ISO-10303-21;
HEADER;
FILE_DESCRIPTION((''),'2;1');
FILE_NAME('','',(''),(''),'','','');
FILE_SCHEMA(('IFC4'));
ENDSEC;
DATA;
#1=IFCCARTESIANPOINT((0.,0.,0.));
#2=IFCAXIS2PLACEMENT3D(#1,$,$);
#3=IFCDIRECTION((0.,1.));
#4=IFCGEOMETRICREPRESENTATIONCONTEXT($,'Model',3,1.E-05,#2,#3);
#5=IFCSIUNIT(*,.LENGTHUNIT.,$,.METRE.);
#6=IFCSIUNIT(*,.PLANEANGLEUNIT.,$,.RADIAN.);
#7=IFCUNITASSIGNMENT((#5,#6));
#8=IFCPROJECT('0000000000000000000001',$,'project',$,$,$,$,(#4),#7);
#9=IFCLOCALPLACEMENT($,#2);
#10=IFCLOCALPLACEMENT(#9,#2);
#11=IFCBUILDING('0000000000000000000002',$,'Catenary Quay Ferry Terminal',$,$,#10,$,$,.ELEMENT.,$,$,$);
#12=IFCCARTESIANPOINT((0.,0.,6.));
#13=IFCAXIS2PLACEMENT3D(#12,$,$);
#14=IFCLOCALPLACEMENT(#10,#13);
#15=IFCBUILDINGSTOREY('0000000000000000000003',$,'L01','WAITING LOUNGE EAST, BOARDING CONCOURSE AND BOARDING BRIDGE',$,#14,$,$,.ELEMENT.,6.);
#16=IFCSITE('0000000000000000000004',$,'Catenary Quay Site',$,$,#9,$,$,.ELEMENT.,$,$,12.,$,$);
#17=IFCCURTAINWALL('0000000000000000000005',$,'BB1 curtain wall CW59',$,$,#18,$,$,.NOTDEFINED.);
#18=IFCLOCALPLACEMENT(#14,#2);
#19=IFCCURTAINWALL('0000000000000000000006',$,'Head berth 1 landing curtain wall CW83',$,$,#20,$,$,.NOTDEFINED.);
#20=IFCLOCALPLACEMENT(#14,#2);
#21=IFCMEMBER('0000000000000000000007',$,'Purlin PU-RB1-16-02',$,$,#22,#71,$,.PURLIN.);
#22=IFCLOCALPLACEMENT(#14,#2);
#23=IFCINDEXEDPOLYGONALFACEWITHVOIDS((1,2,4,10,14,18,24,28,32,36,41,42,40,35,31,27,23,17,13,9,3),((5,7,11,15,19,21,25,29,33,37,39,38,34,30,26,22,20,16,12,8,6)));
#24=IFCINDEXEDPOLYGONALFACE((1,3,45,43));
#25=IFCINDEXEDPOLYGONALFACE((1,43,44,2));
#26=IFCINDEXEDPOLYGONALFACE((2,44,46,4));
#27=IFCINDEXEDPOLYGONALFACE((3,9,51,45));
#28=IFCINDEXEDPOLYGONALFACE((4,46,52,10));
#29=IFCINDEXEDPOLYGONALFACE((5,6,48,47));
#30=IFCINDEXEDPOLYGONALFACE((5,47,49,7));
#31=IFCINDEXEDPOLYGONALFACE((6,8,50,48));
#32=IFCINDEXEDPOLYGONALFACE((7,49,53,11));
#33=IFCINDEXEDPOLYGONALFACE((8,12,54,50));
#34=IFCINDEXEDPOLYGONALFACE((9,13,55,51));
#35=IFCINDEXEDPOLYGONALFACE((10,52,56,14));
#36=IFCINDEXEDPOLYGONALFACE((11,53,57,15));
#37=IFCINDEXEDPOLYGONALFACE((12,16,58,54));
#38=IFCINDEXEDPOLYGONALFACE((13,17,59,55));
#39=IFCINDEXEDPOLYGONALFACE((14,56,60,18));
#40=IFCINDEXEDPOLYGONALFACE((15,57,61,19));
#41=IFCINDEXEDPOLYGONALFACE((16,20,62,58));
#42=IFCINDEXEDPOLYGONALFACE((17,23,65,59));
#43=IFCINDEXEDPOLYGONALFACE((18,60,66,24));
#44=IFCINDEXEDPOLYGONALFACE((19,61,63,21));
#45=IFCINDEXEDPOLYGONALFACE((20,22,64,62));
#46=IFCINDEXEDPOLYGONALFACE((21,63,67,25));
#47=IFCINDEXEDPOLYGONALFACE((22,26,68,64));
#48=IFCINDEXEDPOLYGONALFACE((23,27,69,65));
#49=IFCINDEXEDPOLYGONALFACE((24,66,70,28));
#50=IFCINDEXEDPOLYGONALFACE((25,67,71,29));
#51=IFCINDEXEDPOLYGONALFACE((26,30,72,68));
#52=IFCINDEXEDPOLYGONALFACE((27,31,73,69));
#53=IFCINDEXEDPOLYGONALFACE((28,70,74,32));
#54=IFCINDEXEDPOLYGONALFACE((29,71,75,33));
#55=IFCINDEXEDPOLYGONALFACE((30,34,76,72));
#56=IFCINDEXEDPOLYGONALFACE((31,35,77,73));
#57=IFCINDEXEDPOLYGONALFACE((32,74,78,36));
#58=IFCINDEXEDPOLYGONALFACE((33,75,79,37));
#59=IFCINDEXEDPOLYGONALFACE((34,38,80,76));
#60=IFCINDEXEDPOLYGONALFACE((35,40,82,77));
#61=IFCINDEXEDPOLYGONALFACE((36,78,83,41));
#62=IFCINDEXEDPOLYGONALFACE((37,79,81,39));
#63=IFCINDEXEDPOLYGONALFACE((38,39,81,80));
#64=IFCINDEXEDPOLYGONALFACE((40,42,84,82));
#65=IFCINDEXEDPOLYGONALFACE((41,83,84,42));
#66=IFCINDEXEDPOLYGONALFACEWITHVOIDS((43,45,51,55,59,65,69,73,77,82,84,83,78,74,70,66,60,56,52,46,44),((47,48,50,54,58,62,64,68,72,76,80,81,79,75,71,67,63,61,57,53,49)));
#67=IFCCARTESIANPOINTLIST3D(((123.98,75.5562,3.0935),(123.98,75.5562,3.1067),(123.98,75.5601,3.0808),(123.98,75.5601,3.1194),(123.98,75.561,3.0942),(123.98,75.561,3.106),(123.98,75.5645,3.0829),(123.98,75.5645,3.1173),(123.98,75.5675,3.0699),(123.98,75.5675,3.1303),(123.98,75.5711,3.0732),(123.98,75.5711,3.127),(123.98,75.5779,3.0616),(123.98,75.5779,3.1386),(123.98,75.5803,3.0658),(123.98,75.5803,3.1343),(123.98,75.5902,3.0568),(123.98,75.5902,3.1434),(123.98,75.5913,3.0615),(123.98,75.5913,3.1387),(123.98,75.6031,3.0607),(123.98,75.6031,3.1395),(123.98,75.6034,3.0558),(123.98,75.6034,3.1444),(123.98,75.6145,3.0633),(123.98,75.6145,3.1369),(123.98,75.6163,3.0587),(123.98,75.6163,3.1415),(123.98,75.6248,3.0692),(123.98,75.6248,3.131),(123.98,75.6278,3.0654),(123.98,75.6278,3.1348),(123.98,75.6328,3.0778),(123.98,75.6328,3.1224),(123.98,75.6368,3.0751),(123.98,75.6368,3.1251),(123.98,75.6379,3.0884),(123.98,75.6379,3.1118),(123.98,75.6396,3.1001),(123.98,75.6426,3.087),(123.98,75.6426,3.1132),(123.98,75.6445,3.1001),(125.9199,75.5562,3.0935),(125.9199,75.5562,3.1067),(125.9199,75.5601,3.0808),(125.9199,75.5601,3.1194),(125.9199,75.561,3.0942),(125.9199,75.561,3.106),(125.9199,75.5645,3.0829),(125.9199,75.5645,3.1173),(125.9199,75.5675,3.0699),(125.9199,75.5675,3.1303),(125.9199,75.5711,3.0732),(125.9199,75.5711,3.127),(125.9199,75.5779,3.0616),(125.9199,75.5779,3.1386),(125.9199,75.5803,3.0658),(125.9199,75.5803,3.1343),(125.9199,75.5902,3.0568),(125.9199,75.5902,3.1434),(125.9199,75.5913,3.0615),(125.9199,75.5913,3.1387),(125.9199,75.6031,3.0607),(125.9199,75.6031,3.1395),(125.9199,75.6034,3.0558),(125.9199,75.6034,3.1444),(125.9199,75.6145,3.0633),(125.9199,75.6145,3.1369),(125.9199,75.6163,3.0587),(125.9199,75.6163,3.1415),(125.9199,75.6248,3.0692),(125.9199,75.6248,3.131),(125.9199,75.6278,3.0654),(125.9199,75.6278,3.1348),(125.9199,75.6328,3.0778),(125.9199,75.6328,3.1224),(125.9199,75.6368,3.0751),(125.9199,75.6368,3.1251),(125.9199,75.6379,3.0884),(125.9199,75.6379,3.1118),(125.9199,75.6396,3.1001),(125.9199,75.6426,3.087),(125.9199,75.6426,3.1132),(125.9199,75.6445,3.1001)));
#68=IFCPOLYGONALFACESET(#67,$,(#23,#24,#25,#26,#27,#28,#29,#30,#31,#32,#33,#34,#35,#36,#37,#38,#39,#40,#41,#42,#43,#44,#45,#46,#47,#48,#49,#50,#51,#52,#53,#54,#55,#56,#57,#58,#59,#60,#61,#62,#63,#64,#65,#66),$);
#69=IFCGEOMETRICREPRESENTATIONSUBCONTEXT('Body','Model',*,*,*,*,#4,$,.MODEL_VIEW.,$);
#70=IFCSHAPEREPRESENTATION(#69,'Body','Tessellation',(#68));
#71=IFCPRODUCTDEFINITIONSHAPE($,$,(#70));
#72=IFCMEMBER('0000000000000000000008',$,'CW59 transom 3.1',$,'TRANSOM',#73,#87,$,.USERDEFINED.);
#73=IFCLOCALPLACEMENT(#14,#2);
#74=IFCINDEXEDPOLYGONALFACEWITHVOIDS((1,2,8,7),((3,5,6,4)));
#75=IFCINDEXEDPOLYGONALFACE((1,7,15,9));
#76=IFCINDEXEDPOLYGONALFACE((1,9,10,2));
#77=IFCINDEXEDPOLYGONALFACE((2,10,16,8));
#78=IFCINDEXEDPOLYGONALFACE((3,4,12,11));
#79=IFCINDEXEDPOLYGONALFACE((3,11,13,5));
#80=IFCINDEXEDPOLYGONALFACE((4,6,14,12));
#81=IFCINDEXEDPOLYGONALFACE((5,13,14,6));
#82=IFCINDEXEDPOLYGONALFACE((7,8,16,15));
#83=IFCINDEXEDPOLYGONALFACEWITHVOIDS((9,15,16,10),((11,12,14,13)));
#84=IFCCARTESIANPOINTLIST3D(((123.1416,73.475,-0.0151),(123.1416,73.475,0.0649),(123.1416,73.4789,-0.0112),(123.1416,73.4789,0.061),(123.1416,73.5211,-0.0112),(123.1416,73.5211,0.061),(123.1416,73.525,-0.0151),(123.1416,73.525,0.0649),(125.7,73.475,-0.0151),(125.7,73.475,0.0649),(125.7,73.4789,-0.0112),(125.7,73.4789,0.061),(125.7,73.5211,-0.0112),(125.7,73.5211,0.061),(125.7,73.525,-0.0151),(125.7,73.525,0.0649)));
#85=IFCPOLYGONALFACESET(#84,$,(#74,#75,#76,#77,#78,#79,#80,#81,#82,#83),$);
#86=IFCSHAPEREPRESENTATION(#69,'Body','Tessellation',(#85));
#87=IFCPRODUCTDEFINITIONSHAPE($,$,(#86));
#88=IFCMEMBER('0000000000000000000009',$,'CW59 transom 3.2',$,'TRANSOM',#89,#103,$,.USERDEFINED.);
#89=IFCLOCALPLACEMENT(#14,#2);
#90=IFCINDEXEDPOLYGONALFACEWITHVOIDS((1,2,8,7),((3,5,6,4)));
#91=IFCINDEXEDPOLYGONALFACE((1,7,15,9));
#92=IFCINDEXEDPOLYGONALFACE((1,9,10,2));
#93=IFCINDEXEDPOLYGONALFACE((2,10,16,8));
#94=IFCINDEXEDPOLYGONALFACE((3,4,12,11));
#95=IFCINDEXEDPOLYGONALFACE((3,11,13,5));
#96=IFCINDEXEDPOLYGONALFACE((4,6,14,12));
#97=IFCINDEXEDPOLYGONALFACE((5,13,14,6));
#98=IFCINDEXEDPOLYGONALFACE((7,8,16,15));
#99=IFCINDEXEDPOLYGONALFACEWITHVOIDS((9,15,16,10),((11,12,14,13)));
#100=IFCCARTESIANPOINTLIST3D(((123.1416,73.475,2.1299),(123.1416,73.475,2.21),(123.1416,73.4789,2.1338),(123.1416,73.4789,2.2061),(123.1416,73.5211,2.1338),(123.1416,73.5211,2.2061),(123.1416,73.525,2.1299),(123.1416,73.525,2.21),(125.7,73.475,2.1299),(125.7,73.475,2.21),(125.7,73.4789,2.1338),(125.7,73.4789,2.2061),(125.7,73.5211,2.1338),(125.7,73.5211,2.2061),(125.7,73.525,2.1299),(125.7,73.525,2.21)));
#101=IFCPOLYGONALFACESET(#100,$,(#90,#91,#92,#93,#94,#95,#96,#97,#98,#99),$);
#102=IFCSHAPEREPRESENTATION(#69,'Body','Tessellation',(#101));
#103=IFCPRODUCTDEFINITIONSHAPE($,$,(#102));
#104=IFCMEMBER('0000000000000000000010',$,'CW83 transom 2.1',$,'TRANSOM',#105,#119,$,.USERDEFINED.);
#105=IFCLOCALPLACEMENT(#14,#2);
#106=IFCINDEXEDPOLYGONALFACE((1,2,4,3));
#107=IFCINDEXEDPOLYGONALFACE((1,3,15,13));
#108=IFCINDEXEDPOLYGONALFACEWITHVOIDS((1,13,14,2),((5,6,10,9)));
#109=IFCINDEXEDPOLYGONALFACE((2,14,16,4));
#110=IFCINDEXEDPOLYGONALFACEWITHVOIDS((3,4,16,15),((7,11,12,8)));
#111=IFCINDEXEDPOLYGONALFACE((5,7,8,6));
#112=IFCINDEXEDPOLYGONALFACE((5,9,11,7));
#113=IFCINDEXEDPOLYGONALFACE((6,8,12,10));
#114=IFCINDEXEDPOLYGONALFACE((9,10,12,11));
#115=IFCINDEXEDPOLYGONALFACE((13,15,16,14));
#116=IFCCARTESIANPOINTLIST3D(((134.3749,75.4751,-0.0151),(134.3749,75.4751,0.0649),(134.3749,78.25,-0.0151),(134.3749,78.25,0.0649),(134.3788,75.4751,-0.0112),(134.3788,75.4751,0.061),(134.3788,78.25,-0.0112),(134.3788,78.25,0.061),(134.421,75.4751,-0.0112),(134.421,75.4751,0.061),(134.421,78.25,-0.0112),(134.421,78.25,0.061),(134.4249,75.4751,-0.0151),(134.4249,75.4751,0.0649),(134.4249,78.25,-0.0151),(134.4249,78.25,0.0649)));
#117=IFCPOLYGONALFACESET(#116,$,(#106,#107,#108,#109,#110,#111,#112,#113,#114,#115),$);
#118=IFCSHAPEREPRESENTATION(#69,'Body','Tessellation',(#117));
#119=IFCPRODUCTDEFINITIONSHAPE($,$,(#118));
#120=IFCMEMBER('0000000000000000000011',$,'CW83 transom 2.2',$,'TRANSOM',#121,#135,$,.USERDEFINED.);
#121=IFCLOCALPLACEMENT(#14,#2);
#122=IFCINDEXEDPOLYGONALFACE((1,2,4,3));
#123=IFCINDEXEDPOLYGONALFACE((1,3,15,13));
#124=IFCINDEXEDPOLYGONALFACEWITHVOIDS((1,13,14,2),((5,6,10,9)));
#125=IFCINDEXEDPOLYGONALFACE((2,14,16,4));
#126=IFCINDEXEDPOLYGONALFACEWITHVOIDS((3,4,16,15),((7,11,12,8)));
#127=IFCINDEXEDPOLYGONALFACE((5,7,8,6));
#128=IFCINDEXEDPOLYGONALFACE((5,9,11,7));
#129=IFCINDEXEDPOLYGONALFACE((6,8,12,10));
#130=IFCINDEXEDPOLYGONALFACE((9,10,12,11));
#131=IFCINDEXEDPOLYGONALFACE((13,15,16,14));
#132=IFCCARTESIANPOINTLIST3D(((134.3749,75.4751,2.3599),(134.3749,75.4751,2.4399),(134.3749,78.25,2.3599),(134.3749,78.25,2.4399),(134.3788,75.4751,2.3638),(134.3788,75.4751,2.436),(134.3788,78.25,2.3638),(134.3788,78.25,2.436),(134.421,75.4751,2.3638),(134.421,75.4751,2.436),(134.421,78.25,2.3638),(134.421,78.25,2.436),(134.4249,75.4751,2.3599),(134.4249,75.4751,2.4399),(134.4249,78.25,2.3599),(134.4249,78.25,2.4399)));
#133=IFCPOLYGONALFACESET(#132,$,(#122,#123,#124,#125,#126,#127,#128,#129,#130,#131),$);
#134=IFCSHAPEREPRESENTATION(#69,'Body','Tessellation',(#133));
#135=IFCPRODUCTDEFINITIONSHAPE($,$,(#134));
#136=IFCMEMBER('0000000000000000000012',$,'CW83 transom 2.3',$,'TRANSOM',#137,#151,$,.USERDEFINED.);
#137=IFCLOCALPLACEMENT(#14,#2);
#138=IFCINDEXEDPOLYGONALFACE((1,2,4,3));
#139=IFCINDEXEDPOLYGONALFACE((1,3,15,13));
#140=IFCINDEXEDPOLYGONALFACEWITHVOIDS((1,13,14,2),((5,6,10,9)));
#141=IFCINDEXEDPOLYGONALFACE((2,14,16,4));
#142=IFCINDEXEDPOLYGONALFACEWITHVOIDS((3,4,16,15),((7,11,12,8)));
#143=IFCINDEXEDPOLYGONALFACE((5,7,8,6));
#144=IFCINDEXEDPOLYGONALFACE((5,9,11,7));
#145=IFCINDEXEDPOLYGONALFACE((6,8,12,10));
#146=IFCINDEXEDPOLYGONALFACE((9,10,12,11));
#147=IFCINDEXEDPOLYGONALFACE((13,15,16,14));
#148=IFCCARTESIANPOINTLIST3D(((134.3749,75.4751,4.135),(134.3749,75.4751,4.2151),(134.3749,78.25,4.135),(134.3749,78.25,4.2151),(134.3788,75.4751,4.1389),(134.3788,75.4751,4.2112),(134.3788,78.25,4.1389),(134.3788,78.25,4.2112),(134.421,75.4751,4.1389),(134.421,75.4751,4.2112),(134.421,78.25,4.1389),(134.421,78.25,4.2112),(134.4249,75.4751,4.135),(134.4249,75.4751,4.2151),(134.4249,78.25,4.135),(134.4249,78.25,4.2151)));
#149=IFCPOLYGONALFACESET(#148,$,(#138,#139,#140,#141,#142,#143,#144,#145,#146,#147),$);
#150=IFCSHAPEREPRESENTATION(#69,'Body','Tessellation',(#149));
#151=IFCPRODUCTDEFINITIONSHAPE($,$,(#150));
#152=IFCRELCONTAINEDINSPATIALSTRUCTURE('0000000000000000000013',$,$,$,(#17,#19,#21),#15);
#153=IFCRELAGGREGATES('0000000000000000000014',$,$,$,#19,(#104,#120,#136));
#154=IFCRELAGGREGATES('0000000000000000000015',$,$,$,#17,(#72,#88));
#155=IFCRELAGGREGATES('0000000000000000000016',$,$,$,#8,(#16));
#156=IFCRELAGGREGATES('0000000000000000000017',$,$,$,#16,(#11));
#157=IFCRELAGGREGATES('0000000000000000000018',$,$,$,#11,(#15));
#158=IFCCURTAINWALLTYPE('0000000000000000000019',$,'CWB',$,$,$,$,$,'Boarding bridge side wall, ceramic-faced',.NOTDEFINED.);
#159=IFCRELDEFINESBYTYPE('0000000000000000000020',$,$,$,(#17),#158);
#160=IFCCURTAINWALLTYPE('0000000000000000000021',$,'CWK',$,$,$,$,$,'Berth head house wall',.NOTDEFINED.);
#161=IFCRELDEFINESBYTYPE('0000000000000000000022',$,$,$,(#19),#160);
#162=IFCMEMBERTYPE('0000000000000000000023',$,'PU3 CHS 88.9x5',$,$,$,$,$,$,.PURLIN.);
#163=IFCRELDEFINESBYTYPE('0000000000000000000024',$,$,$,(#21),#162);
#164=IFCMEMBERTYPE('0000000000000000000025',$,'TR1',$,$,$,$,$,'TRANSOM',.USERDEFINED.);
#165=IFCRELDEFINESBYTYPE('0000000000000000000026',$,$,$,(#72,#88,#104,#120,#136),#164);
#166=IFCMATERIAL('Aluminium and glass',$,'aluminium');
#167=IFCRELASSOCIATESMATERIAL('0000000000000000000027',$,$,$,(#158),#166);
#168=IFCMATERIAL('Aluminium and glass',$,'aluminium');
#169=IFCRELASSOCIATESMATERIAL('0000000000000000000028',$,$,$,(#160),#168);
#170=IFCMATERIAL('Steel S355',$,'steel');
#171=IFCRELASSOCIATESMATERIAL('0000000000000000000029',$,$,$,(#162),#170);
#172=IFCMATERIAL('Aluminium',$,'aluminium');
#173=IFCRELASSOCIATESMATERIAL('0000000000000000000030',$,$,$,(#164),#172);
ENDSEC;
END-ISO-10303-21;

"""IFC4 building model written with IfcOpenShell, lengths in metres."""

from ifc_helpers import new_model, si_unit, direction, frame, origin, origin_2d, place, context, subcontext, project, spatial, hollow_rectangle, hollow_circle, extrude, material, material_profile, profile_set, type_object, element, aggregate, save


model = new_model("IFC4")

# Units and contexts
model_context = context("Model", 3, precision=1e-05, world=origin(), true_north=direction((0.0, 1.0)))
body_context = subcontext(model_context, "Body", "Model", "MODEL_VIEW")
ifc_project = project(units=[si_unit("LENGTHUNIT", "METRE"), si_unit("PLANEANGLEUNIT", "RADIAN")], contexts=[model_context])

# Site, building, storey
site_placement = place(None, origin())
site = spatial("IfcSite", under=ifc_project, at=site_placement, Name="Catenary Quay Site", CompositionType="ELEMENT", RefElevation=12.0)
building_placement = place(site_placement, origin())
building = spatial("IfcBuilding", under=site, at=building_placement, Name="Catenary Quay Ferry Terminal", CompositionType="ELEMENT")
storey_placement = place(building_placement, frame((0.0, 0.0, 6.0)))
storey = spatial("IfcBuildingStorey", under=building, at=storey_placement, Name="L01", Description="WAITING LOUNGE EAST, BOARDING CONCOURSE AND BOARDING BRIDGE", CompositionType="ELEMENT", Elevation=6.0)

# Curtain wall
ifc_material_1 = material(Name="Aluminium and glass", Category="aluminium")
curtain_wall_type_1 = type_object("IfcCurtainWallType", Name="CWB", ElementType="Boarding bridge side wall, ceramic-faced", PredefinedType="NOTDEFINED", material=ifc_material_1)
curtain_wall_1_placement = place(storey_placement, origin())
curtain_wall_1 = element("IfcCurtainWall", 1, at=curtain_wall_1_placement, inside=storey, type_object=curtain_wall_type_1, Name="BB1 curtain wall CW59", PredefinedType="NOTDEFINED")

# Curtain wall
ifc_material_2 = material(Name="Aluminium and glass", Category="aluminium")
curtain_wall_type_2 = type_object("IfcCurtainWallType", Name="CWK", ElementType="Berth head house wall", PredefinedType="NOTDEFINED", material=ifc_material_2)
curtain_wall_2_placement = place(storey_placement, origin())
curtain_wall_2 = element("IfcCurtainWall", 2, at=curtain_wall_2_placement, inside=storey, type_object=curtain_wall_type_2, Name="Head berth 1 landing curtain wall CW83", PredefinedType="NOTDEFINED")

# Member
ifc_material_3 = material(Name="Steel S355", Category="steel")
ifc_material_profile_1 = material_profile(ifc_material_3, hollow_circle(Radius=0.0444, WallThickness=0.0049, at=origin_2d()), Name="CHS 88.9x5")
ifc_profile_set_1 = profile_set([ifc_material_profile_1], Name="Steel S355")
member_type_1 = type_object("IfcMemberType", Name="PU3 CHS 88.9x5", PredefinedType="PURLIN", material=ifc_profile_set_1)
for number, where, z_axis, x_axis, name in (
    (3, (123.98, 75.6001, 3.1001), (1.0, 0.0, 0.0), (0.0, 1.0, 0.0), "Purlin PU-RB1-16-02"),
):
    element("IfcMember", number, at=place(storey_placement, frame(where, z_axis=z_axis, x_axis=x_axis)), inside=storey, type_object=member_type_1, Name=name, PredefinedType="PURLIN", context=body_context, shape_type="SweptSolid", body=[
        extrude(hollow_circle(Radius=0.0444, WallThickness=0.0049, at=origin_2d()), origin(), (0.0, 0.0, 1.0), 1.9399),
    ])

# Members
ifc_material_4 = material(Name="Aluminium", Category="aluminium")
ifc_material_profile_2 = material_profile(ifc_material_4, hollow_rectangle(XDim=0.05, YDim=0.0801, WallThickness=0.0039, at=origin_2d()), Name="TR1")
ifc_profile_set_2 = profile_set([ifc_material_profile_2], Name="Aluminium")
member_type_2 = type_object("IfcMemberType", Name="TR1", ElementType="TRANSOM", PredefinedType="USERDEFINED", material=ifc_profile_set_2)
member_1_placement = place(storey_placement, frame((123.1416, 73.5, 0.0249), z_axis=(1.0, 0.0, 0.0), x_axis=(0.0, 1.0, 0.0)))
member_1 = element("IfcMember", 4, at=member_1_placement, type_object=member_type_2, Name="CW59 transom 3.1", ObjectType="TRANSOM", PredefinedType="USERDEFINED", context=body_context, shape_type="SweptSolid", body=[
    extrude(hollow_rectangle(XDim=0.05, YDim=0.0801, WallThickness=0.0039, at=origin_2d()), origin(), (0.0, 0.0, 1.0), 2.5583),
])
member_2_placement = place(storey_placement, frame((123.1416, 73.5, 2.1699), z_axis=(1.0, 0.0, 0.0), x_axis=(0.0, 1.0, 0.0)))
member_2 = element("IfcMember", 5, at=member_2_placement, type_object=member_type_2, Name="CW59 transom 3.2", ObjectType="TRANSOM", PredefinedType="USERDEFINED", context=body_context, shape_type="SweptSolid", body=[
    extrude(hollow_rectangle(XDim=0.05, YDim=0.0801, WallThickness=0.0039, at=origin_2d()), origin(), (0.0, 0.0, 1.0), 2.5583),
])
member_3_placement = place(storey_placement, frame((134.3999, 75.4751, 0.0249), z_axis=(0.0, 1.0, 0.0), x_axis=(-1.0, 0.0, 0.0)))
member_3 = element("IfcMember", 6, at=member_3_placement, type_object=member_type_2, Name="CW83 transom 2.1", ObjectType="TRANSOM", PredefinedType="USERDEFINED", context=body_context, shape_type="SweptSolid", body=[
    extrude(hollow_rectangle(XDim=0.05, YDim=0.0801, WallThickness=0.0039, at=origin_2d()), origin(), (0.0, 0.0, 1.0), 2.7749),
])
member_4_placement = place(storey_placement, frame((134.3999, 75.4751, 2.3999), z_axis=(0.0, 1.0, 0.0), x_axis=(-1.0, 0.0, 0.0)))
member_4 = element("IfcMember", 7, at=member_4_placement, type_object=member_type_2, Name="CW83 transom 2.2", ObjectType="TRANSOM", PredefinedType="USERDEFINED", context=body_context, shape_type="SweptSolid", body=[
    extrude(hollow_rectangle(XDim=0.05, YDim=0.0801, WallThickness=0.0039, at=origin_2d()), origin(), (0.0, 0.0, 1.0), 2.7749),
])
member_5_placement = place(storey_placement, frame((134.3999, 75.4751, 4.175), z_axis=(0.0, 1.0, 0.0), x_axis=(-1.0, 0.0, 0.0)))
member_5 = element("IfcMember", 8, at=member_5_placement, type_object=member_type_2, Name="CW83 transom 2.3", ObjectType="TRANSOM", PredefinedType="USERDEFINED", context=body_context, shape_type="SweptSolid", body=[
    extrude(hollow_rectangle(XDim=0.05, YDim=0.0801, WallThickness=0.0039, at=origin_2d()), origin(), (0.0, 0.0, 1.0), 2.7749),
])

aggregate(curtain_wall_2, [member_3, member_4, member_5])
aggregate(curtain_wall_1, [member_1, member_2])

save(model, "model.ifc")
